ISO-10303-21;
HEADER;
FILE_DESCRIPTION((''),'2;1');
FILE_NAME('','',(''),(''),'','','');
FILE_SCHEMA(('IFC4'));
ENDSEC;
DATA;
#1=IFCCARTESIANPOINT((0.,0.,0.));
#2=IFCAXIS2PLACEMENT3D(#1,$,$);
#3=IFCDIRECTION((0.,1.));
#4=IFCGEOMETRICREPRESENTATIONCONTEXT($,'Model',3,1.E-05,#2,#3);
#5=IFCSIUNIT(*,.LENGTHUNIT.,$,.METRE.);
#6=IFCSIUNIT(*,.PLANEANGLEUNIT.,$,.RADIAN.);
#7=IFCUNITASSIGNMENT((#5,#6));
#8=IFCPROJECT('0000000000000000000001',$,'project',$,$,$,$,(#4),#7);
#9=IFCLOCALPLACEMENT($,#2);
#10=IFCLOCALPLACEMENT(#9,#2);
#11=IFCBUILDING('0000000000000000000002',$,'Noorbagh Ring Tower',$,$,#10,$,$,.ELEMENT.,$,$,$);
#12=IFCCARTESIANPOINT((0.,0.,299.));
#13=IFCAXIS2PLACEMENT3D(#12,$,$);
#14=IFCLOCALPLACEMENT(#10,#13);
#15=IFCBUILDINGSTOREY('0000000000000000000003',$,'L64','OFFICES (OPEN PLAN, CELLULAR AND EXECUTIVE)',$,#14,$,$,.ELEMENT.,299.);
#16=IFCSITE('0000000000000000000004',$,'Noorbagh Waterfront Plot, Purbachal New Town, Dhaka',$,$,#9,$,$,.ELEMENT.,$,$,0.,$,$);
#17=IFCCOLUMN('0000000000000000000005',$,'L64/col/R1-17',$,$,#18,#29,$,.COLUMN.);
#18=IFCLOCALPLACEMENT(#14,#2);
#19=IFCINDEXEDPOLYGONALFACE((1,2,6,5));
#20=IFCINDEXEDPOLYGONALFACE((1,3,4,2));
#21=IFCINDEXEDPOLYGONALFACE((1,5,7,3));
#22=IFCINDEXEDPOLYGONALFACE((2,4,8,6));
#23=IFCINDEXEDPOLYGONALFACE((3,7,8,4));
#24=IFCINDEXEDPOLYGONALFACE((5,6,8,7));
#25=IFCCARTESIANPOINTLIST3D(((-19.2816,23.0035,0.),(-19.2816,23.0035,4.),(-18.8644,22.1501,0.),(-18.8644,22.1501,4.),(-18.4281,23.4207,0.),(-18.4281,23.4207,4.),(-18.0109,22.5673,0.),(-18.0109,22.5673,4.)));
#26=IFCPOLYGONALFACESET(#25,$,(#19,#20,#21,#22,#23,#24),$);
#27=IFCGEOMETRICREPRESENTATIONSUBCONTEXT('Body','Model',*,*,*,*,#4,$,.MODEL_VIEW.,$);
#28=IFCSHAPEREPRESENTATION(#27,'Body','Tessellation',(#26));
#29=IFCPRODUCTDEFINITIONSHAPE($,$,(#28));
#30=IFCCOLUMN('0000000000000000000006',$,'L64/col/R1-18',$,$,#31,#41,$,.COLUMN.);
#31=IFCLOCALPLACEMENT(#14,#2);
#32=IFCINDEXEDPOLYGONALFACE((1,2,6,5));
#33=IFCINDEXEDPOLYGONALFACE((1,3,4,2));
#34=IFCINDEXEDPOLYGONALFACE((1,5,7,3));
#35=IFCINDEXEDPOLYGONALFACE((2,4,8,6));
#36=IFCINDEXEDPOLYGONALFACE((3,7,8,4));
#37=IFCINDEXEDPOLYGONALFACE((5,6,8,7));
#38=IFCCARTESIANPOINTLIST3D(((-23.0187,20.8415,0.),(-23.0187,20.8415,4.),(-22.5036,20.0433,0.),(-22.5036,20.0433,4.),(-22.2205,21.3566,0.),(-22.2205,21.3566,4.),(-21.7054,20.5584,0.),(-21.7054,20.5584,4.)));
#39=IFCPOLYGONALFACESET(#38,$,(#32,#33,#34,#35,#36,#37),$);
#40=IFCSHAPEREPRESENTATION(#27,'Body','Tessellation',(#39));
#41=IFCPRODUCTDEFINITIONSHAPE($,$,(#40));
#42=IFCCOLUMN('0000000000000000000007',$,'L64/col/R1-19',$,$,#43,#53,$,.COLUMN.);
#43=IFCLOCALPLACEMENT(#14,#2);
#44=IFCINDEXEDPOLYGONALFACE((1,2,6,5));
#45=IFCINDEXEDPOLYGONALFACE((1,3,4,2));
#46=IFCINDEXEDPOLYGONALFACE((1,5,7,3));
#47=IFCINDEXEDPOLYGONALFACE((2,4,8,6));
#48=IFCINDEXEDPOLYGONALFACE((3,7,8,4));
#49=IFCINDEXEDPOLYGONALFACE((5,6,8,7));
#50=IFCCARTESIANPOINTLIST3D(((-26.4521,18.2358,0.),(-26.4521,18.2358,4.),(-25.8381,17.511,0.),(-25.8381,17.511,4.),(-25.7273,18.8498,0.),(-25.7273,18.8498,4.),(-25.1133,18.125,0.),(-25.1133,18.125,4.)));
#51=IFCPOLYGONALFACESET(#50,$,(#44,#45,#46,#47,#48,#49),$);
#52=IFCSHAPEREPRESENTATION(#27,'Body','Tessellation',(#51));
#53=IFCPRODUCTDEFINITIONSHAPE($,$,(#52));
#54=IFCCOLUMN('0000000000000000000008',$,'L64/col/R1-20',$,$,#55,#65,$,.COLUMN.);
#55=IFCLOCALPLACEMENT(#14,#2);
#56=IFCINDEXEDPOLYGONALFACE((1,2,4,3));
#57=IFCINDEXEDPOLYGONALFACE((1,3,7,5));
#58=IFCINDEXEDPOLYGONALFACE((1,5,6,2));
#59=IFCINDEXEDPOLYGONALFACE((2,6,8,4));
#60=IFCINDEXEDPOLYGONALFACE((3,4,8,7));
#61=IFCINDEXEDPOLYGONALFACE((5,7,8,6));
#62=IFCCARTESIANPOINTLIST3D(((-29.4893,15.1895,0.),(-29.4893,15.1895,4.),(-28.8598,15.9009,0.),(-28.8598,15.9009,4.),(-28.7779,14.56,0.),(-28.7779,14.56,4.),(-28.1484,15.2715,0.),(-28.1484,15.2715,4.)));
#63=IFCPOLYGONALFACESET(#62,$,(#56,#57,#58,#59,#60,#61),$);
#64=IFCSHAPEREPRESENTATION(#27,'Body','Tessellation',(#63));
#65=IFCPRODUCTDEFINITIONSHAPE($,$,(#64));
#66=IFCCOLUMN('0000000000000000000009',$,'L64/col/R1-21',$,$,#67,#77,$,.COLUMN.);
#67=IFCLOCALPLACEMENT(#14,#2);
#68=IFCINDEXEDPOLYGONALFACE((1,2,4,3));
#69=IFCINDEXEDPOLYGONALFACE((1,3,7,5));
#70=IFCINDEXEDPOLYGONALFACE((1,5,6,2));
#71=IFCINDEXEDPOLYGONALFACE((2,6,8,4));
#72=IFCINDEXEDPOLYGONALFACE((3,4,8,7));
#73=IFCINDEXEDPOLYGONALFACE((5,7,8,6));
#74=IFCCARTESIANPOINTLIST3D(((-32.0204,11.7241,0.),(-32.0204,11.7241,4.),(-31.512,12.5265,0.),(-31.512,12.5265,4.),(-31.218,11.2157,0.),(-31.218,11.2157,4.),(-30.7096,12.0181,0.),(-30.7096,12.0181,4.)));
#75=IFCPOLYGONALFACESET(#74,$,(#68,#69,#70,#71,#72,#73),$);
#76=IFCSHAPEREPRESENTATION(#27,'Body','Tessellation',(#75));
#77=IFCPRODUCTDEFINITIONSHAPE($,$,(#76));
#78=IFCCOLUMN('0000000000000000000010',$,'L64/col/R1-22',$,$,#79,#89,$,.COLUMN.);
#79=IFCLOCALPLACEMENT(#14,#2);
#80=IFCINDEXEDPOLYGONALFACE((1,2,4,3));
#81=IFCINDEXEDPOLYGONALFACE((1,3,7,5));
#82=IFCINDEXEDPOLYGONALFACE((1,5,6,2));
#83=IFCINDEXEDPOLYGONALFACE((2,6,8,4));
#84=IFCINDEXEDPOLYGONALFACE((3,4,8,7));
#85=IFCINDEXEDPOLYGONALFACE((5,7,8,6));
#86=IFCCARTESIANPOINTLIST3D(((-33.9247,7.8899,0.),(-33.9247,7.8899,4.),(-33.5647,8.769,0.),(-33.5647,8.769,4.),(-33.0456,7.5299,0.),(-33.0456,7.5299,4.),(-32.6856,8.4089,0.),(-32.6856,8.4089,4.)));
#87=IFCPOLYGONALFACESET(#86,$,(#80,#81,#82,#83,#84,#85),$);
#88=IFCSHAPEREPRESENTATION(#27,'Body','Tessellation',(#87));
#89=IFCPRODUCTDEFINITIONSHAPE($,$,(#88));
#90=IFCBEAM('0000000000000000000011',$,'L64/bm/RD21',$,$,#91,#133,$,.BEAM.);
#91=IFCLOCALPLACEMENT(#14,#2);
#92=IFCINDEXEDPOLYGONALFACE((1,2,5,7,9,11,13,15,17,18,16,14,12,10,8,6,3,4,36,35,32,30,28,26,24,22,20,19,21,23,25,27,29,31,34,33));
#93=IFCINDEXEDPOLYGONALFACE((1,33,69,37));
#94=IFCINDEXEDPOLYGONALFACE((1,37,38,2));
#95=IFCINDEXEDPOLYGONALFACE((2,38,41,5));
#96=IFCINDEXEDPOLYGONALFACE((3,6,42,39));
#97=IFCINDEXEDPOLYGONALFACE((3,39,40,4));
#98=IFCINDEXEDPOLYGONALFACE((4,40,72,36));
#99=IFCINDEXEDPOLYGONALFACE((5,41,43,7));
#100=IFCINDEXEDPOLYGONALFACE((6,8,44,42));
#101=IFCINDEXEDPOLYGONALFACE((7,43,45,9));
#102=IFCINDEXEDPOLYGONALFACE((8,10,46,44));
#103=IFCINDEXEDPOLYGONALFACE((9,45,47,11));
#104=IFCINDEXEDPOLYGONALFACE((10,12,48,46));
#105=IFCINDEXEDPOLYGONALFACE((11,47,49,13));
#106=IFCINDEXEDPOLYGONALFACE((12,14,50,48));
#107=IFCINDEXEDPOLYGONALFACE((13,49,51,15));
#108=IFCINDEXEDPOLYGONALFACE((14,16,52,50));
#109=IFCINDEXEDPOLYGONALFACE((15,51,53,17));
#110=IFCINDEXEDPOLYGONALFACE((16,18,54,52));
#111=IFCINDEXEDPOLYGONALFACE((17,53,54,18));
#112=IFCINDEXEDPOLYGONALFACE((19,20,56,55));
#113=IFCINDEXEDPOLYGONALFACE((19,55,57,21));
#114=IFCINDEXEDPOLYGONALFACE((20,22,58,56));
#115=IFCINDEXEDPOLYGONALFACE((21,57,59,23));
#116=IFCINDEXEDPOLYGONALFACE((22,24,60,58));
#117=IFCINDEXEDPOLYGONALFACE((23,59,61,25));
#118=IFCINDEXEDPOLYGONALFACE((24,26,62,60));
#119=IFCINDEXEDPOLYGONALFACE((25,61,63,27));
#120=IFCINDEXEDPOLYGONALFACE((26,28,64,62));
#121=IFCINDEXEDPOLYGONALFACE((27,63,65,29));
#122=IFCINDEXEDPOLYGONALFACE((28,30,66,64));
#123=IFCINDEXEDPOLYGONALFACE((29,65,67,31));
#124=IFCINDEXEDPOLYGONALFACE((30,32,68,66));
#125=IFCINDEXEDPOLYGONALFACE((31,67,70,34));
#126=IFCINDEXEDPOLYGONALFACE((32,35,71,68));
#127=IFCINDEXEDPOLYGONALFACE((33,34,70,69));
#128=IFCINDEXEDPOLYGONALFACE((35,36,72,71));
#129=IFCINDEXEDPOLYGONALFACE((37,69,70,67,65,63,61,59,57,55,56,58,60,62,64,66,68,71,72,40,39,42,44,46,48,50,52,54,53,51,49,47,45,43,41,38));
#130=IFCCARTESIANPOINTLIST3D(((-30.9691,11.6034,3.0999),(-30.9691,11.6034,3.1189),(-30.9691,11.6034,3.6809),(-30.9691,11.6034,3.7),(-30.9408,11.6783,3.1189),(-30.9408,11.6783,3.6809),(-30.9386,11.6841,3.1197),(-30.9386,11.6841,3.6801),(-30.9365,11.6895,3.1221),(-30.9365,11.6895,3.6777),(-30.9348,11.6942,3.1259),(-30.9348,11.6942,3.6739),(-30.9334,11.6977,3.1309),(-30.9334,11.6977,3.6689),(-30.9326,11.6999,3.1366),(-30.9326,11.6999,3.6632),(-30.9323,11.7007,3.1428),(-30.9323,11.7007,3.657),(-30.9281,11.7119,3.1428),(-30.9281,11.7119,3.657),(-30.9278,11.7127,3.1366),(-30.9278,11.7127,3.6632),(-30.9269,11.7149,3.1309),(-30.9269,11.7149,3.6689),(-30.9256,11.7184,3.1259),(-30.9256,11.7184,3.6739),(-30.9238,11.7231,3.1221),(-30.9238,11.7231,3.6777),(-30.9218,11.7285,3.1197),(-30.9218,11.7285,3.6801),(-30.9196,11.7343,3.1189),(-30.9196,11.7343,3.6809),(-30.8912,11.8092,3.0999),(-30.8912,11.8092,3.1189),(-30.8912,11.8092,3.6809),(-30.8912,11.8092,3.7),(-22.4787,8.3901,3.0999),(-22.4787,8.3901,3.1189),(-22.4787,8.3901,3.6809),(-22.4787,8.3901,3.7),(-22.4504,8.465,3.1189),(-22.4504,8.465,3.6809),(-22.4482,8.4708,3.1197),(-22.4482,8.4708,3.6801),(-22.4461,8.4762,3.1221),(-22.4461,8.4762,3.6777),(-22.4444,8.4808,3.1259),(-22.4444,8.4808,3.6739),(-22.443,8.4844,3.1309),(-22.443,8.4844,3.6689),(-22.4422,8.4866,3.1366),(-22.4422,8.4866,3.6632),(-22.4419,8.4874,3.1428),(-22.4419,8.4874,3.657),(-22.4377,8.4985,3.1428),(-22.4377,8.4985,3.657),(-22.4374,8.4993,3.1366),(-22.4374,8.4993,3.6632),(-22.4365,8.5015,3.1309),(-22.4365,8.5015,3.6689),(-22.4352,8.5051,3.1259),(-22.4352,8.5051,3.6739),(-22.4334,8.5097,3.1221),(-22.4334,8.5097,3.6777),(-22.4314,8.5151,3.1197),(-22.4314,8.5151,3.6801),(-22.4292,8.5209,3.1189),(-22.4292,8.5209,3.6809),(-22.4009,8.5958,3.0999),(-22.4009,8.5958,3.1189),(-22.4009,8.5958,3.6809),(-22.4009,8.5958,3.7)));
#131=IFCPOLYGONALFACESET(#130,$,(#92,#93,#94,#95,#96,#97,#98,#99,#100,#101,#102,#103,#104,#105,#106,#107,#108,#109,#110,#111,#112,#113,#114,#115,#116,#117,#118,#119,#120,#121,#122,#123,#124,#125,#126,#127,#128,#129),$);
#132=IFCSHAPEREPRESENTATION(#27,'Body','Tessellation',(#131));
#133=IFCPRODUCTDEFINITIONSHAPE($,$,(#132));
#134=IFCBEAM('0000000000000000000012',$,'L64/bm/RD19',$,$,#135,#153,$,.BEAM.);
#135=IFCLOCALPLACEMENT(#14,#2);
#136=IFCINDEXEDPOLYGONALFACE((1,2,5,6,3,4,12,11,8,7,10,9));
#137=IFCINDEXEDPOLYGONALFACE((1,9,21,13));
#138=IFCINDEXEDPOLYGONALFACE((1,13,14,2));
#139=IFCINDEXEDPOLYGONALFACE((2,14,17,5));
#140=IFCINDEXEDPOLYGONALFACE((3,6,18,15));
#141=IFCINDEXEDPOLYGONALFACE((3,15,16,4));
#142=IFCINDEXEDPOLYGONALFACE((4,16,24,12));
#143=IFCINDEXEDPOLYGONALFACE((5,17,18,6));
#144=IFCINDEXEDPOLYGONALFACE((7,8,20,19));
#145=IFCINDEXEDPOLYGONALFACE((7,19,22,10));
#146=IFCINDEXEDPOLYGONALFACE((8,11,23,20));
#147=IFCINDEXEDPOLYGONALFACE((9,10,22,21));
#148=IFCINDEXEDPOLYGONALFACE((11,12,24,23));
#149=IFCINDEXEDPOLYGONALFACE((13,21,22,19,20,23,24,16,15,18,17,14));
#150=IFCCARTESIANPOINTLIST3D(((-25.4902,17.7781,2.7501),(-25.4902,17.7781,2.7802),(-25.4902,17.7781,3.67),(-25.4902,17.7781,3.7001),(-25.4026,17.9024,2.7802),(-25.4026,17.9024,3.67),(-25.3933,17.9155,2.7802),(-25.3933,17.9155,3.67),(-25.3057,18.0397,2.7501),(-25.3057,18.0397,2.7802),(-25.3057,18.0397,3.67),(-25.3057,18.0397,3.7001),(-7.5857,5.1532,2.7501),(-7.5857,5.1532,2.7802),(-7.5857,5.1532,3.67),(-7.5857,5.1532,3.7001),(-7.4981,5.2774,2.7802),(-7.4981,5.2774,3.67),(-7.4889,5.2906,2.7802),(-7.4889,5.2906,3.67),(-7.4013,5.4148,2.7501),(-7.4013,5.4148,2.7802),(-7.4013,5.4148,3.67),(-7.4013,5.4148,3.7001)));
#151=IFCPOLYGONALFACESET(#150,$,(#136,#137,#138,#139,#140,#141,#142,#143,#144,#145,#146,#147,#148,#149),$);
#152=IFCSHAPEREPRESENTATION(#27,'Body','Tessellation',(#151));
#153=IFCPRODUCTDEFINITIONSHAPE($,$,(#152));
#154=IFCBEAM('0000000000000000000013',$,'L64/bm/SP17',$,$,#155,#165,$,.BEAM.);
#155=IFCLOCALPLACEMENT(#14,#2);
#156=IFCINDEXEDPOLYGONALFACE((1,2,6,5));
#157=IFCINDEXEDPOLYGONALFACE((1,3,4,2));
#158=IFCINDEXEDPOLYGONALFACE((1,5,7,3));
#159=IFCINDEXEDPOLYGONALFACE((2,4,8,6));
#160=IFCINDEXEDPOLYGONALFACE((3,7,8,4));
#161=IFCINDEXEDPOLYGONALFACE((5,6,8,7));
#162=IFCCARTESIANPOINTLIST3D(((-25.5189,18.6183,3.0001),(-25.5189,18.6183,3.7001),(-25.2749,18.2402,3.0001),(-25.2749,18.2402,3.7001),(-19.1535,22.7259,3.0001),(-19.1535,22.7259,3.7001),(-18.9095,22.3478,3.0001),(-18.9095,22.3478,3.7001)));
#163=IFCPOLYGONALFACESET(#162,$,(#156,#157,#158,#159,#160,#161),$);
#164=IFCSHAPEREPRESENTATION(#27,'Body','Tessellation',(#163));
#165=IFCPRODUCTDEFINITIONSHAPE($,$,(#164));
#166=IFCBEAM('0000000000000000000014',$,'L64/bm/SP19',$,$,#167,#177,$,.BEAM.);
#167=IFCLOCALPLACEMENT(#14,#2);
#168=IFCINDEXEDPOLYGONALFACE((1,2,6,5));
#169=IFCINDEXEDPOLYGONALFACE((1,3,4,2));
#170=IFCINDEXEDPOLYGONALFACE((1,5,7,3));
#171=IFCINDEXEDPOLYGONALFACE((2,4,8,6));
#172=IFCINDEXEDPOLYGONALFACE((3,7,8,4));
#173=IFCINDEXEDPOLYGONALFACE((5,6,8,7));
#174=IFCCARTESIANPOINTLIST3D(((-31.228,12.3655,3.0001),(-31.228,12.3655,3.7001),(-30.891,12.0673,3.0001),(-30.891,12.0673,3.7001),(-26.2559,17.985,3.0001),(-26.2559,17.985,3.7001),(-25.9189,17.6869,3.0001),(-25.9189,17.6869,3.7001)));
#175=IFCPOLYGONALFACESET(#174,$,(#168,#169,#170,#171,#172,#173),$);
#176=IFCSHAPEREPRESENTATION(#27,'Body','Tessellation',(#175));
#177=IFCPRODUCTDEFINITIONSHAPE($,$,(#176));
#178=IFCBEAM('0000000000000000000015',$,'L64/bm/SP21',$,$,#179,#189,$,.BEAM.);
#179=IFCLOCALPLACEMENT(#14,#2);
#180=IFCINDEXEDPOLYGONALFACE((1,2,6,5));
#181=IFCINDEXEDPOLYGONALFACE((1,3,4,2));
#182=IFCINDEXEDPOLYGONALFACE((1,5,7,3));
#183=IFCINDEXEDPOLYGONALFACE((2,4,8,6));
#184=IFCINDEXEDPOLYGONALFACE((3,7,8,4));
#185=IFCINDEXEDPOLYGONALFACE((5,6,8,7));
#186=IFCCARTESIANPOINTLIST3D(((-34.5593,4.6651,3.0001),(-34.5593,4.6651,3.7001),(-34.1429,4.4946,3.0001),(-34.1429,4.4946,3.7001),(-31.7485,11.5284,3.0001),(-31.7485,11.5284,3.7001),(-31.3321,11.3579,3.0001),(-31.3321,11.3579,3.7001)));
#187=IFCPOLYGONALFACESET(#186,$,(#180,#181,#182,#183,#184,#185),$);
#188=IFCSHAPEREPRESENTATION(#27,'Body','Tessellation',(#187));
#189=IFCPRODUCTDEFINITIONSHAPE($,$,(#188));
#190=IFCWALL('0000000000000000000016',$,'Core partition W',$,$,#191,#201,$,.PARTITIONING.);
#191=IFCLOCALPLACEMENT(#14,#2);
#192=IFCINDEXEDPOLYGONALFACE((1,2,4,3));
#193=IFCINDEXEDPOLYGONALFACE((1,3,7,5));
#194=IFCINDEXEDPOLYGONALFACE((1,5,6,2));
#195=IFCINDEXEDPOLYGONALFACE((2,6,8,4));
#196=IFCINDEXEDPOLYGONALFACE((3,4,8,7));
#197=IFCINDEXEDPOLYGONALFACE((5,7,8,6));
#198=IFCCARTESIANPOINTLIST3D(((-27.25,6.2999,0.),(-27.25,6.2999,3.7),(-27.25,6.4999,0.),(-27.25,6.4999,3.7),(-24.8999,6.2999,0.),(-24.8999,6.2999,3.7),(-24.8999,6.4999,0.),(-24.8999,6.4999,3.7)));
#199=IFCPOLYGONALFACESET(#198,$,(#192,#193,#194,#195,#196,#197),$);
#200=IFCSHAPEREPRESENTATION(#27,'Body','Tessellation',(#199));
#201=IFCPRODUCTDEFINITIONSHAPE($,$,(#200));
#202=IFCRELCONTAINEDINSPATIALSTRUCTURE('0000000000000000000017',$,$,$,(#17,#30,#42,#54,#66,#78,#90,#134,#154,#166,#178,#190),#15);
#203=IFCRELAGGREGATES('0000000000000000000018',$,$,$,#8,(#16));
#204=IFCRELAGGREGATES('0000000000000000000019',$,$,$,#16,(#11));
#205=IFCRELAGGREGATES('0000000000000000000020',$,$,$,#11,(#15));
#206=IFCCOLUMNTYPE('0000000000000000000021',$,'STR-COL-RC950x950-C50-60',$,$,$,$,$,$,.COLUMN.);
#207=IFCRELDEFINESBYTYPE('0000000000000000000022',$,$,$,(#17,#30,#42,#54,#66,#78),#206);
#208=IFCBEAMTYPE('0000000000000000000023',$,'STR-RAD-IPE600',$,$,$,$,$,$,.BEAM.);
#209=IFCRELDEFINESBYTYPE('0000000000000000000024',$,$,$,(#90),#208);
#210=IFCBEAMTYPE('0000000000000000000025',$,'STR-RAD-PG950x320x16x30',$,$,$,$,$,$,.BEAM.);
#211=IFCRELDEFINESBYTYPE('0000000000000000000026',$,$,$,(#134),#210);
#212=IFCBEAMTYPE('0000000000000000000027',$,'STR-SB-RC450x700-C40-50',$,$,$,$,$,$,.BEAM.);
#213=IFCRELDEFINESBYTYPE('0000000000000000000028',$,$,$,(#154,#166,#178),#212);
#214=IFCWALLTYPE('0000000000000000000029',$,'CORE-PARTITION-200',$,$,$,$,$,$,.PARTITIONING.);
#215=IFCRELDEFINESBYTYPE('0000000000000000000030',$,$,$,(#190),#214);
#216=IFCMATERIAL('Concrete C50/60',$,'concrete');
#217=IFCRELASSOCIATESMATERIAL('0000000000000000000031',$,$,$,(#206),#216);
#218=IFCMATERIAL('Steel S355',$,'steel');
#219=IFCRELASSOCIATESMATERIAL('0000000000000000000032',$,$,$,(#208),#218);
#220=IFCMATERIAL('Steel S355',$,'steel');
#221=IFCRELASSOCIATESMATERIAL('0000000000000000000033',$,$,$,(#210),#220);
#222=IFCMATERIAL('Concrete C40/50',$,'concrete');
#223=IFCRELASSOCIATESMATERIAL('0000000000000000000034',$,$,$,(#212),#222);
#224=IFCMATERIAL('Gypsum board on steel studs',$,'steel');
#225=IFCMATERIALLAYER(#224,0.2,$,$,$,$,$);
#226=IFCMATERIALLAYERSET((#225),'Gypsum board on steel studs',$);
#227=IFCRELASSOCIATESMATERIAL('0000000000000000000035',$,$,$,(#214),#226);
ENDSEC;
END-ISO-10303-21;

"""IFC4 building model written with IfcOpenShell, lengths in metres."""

from ifc_helpers import new_model, si_unit, direction, frame, frame_2d, origin, origin_2d, place, context, subcontext, project, spatial, rectangle, i_section, extrude, material, layer, layer_set, material_profile, profile_set, type_object, element, save


model = new_model("IFC4")

# Units and contexts
model_context = context("Model", 3, precision=1e-05, world=origin(), true_north=direction((0.0, 1.0)))
body_context = subcontext(model_context, "Body", "Model", "MODEL_VIEW")
ifc_project = project(units=[si_unit("LENGTHUNIT", "METRE"), si_unit("PLANEANGLEUNIT", "RADIAN")], contexts=[model_context])

# Site, building, storey
site_placement = place(None, origin())
site = spatial("IfcSite", under=ifc_project, at=site_placement, Name="Noorbagh Waterfront Plot, Purbachal New Town, Dhaka", CompositionType="ELEMENT", RefElevation=0.0)
building_placement = place(site_placement, origin())
building = spatial("IfcBuilding", under=site, at=building_placement, Name="Noorbagh Ring Tower", CompositionType="ELEMENT")
storey_placement = place(building_placement, frame((0.0, 0.0, 299.0)))
storey = spatial("IfcBuildingStorey", under=building, at=storey_placement, Name="L64", Description="OFFICES (OPEN PLAN, CELLULAR AND EXECUTIVE)", CompositionType="ELEMENT", Elevation=299.0)

# Columns
ifc_material_1 = material(Name="Concrete C50/60", Category="concrete")
ifc_material_profile_1 = material_profile(ifc_material_1, rectangle(XDim=0.95, YDim=0.95, at=origin_2d()), Name="RC950x950")
ifc_profile_set_1 = profile_set([ifc_material_profile_1], Name="Concrete C50/60")
column_type = type_object("IfcColumnType", Name="STR-COL-RC950x950-C50-60", PredefinedType="COLUMN", material=ifc_profile_set_1)
for number, where, z_axis, x_axis, name in (
    (1, (-18.6462, 22.7854, 0.0), (0.0, 0.0, 1.0), (-0.898399, -0.43918, 0.0), "L64/col/R1-17"),
    (2, (-22.3621, 20.7, 0.0), (0.0, 0.0, 1.0), (-0.840248, -0.542203, 0.0), "L64/col/R1-18"),
    (3, (-25.7827, 18.1804, 0.0), (0.0, 0.0, 1.0), (-0.763035, -0.646357, 0.0), "L64/col/R1-19"),
    (4, (-28.8188, 15.2305, 0.0), (0.0, 0.0, 1.0), (-0.662636, -0.748942, 0.0), "L64/col/R1-20"),
    (5, (-31.365, 11.8711, 0.0), (0.0, 0.0, 1.0), (-0.53519, -0.844731, 0.0), "L64/col/R1-21"),
    (6, (-33.3052, 8.1494, 0.0), (0.0, 0.0, 1.0), (-0.378989, -0.925401, 0.0), "L64/col/R1-22"),
):
    element("IfcColumn", number, at=place(storey_placement, frame(where, z_axis=z_axis, x_axis=x_axis)), inside=storey, type_object=column_type, Name=name, PredefinedType="COLUMN", context=body_context, shape_type="SweptSolid", body=[
        extrude(rectangle(XDim=0.95, YDim=0.95, at=origin_2d()), origin(), (0.0, 0.0, 1.0), 4.0),
    ])

# Beams
ifc_material_2 = material(Name="Steel S355", Category="steel")
ifc_material_profile_2 = material_profile(ifc_material_2, i_section(OverallWidth=0.22, OverallDepth=0.6001, WebThickness=0.012, FlangeThickness=0.019, FilletRadius=0.0239, at=origin_2d()), Name="IPE600")
ifc_profile_set_2 = profile_set([ifc_material_profile_2], Name="Steel S355")
beam_type_1 = type_object("IfcBeamType", Name="STR-RAD-IPE600", PredefinedType="BEAM", material=ifc_profile_set_2)
beam_1_placement = place(storey_placement, frame((-30.9302, 11.7063, 3.3999), z_axis=(0.935258, -0.353966, 0.0), x_axis=(0.353966, 0.935258, 0.0)))
element("IfcBeam", 7, at=beam_1_placement, inside=storey, type_object=beam_type_1, Name="L64/bm/RD21", PredefinedType="BEAM", context=body_context, shape_type="SweptSolid", body=[
    extrude(i_section(OverallWidth=0.22, OverallDepth=0.6001, WebThickness=0.012, FlangeThickness=0.019, FilletRadius=0.0239, at=origin_2d()), origin(), (0.0, 0.0, 1.0), 9.0781),
])
ifc_material_3 = material(Name="Steel S355", Category="steel")
ifc_material_profile_3 = material_profile(ifc_material_3, i_section(OverallWidth=0.3201, OverallDepth=0.95, WebThickness=0.0161, FlangeThickness=0.03, at=origin_2d()), Name="PG950x320x16x30")
ifc_profile_set_3 = profile_set([ifc_material_profile_3], Name="Steel S355")
beam_type_2 = type_object("IfcBeamType", Name="STR-RAD-PG950x320x16x30", PredefinedType="BEAM", material=ifc_profile_set_3)
beam_2_placement = place(storey_placement, frame((-25.3979, 17.9089, 3.2251), z_axis=(0.817258, -0.576272, 0.0), x_axis=(0.576272, 0.817258, 0.0)))
element("IfcBeam", 8, at=beam_2_placement, inside=storey, type_object=beam_type_2, Name="L64/bm/RD19", PredefinedType="BEAM", context=body_context, shape_type="SweptSolid", body=[
    extrude(i_section(OverallWidth=0.3201, OverallDepth=0.95, WebThickness=0.0161, FlangeThickness=0.03, at=origin_2d()), origin(), (0.0, 0.0, 1.0), 21.908),
])
ifc_material_4 = material(Name="Concrete C40/50", Category="concrete")
ifc_material_profile_4 = material_profile(ifc_material_4, rectangle(XDim=0.45, YDim=0.7, at=origin_2d()), Name="RC450x700")
ifc_profile_set_4 = profile_set([ifc_material_profile_4], Name="Concrete C40/50")
beam_type_3 = type_object("IfcBeamType", Name="STR-SB-RC450x700-C40-50", PredefinedType="BEAM", material=ifc_profile_set_4)
beam_3_placement = place(storey_placement, frame((-19.0315, 22.5369, 3.3501), z_axis=(-0.840242, -0.542211, 0.0), x_axis=(0.542211, -0.840242, 0.0)))
element("IfcBeam", 9, at=beam_3_placement, inside=storey, type_object=beam_type_3, Name="L64/bm/SP17", PredefinedType="BEAM", context=body_context, shape_type="SweptSolid", body=[
    extrude(rectangle(XDim=0.45, YDim=0.7, at=origin_2d()), origin(), (0.0, 0.0, 1.0), 7.5757),
])
beam_4_placement = place(storey_placement, frame((-26.0874, 17.8359, 3.3501), z_axis=(-0.662645, -0.748933, 0.0), x_axis=(0.748933, -0.662645, 0.0)))
element("IfcBeam", 10, at=beam_4_placement, inside=storey, type_object=beam_type_3, Name="L64/bm/SP19", PredefinedType="BEAM", context=body_context, shape_type="SweptSolid", body=[
    extrude(rectangle(XDim=0.45, YDim=0.7, at=origin_2d()), origin(), (0.0, 0.0, 1.0), 7.5034),
])
beam_5_placement = place(storey_placement, frame((-31.5403, 11.4431, 3.3501), z_axis=(-0.378989, -0.925401, 0.0), x_axis=(0.925401, -0.378989, 0.0)))
element("IfcBeam", 11, at=beam_5_placement, inside=storey, type_object=beam_type_3, Name="L64/bm/SP21", PredefinedType="BEAM", context=body_context, shape_type="SweptSolid", body=[
    extrude(rectangle(XDim=0.45, YDim=0.7, at=origin_2d()), origin(), (0.0, 0.0, 1.0), 7.4165),
])

# Wall
ifc_material_5 = material(Name="Gypsum board on steel studs", Category="steel")
ifc_layer_1 = layer(ifc_material_5, 0.2)
ifc_layer_set_1 = layer_set([ifc_layer_1], Name="Gypsum board on steel studs")
wall_type_1 = type_object("IfcWallType", Name="CORE-PARTITION-200", PredefinedType="PARTITIONING", material=ifc_layer_set_1)
wall_1_placement = place(storey_placement, frame((-24.8999, 6.3999, 0.0), z_axis=(0.0, 0.0, 1.0), x_axis=(-1.0, 0.0, 0.0)))
element("IfcWall", 12, at=wall_1_placement, inside=storey, type_object=wall_type_1, Name="Core partition W", PredefinedType="PARTITIONING", context=body_context, shape_type="SweptSolid", body=[
    extrude(rectangle(XDim=2.3501, YDim=0.2, at=frame_2d((1.175, 0.0))), origin(), (0.0, 0.0, 1.0), 3.7),
])

save(model, "model.ifc")
